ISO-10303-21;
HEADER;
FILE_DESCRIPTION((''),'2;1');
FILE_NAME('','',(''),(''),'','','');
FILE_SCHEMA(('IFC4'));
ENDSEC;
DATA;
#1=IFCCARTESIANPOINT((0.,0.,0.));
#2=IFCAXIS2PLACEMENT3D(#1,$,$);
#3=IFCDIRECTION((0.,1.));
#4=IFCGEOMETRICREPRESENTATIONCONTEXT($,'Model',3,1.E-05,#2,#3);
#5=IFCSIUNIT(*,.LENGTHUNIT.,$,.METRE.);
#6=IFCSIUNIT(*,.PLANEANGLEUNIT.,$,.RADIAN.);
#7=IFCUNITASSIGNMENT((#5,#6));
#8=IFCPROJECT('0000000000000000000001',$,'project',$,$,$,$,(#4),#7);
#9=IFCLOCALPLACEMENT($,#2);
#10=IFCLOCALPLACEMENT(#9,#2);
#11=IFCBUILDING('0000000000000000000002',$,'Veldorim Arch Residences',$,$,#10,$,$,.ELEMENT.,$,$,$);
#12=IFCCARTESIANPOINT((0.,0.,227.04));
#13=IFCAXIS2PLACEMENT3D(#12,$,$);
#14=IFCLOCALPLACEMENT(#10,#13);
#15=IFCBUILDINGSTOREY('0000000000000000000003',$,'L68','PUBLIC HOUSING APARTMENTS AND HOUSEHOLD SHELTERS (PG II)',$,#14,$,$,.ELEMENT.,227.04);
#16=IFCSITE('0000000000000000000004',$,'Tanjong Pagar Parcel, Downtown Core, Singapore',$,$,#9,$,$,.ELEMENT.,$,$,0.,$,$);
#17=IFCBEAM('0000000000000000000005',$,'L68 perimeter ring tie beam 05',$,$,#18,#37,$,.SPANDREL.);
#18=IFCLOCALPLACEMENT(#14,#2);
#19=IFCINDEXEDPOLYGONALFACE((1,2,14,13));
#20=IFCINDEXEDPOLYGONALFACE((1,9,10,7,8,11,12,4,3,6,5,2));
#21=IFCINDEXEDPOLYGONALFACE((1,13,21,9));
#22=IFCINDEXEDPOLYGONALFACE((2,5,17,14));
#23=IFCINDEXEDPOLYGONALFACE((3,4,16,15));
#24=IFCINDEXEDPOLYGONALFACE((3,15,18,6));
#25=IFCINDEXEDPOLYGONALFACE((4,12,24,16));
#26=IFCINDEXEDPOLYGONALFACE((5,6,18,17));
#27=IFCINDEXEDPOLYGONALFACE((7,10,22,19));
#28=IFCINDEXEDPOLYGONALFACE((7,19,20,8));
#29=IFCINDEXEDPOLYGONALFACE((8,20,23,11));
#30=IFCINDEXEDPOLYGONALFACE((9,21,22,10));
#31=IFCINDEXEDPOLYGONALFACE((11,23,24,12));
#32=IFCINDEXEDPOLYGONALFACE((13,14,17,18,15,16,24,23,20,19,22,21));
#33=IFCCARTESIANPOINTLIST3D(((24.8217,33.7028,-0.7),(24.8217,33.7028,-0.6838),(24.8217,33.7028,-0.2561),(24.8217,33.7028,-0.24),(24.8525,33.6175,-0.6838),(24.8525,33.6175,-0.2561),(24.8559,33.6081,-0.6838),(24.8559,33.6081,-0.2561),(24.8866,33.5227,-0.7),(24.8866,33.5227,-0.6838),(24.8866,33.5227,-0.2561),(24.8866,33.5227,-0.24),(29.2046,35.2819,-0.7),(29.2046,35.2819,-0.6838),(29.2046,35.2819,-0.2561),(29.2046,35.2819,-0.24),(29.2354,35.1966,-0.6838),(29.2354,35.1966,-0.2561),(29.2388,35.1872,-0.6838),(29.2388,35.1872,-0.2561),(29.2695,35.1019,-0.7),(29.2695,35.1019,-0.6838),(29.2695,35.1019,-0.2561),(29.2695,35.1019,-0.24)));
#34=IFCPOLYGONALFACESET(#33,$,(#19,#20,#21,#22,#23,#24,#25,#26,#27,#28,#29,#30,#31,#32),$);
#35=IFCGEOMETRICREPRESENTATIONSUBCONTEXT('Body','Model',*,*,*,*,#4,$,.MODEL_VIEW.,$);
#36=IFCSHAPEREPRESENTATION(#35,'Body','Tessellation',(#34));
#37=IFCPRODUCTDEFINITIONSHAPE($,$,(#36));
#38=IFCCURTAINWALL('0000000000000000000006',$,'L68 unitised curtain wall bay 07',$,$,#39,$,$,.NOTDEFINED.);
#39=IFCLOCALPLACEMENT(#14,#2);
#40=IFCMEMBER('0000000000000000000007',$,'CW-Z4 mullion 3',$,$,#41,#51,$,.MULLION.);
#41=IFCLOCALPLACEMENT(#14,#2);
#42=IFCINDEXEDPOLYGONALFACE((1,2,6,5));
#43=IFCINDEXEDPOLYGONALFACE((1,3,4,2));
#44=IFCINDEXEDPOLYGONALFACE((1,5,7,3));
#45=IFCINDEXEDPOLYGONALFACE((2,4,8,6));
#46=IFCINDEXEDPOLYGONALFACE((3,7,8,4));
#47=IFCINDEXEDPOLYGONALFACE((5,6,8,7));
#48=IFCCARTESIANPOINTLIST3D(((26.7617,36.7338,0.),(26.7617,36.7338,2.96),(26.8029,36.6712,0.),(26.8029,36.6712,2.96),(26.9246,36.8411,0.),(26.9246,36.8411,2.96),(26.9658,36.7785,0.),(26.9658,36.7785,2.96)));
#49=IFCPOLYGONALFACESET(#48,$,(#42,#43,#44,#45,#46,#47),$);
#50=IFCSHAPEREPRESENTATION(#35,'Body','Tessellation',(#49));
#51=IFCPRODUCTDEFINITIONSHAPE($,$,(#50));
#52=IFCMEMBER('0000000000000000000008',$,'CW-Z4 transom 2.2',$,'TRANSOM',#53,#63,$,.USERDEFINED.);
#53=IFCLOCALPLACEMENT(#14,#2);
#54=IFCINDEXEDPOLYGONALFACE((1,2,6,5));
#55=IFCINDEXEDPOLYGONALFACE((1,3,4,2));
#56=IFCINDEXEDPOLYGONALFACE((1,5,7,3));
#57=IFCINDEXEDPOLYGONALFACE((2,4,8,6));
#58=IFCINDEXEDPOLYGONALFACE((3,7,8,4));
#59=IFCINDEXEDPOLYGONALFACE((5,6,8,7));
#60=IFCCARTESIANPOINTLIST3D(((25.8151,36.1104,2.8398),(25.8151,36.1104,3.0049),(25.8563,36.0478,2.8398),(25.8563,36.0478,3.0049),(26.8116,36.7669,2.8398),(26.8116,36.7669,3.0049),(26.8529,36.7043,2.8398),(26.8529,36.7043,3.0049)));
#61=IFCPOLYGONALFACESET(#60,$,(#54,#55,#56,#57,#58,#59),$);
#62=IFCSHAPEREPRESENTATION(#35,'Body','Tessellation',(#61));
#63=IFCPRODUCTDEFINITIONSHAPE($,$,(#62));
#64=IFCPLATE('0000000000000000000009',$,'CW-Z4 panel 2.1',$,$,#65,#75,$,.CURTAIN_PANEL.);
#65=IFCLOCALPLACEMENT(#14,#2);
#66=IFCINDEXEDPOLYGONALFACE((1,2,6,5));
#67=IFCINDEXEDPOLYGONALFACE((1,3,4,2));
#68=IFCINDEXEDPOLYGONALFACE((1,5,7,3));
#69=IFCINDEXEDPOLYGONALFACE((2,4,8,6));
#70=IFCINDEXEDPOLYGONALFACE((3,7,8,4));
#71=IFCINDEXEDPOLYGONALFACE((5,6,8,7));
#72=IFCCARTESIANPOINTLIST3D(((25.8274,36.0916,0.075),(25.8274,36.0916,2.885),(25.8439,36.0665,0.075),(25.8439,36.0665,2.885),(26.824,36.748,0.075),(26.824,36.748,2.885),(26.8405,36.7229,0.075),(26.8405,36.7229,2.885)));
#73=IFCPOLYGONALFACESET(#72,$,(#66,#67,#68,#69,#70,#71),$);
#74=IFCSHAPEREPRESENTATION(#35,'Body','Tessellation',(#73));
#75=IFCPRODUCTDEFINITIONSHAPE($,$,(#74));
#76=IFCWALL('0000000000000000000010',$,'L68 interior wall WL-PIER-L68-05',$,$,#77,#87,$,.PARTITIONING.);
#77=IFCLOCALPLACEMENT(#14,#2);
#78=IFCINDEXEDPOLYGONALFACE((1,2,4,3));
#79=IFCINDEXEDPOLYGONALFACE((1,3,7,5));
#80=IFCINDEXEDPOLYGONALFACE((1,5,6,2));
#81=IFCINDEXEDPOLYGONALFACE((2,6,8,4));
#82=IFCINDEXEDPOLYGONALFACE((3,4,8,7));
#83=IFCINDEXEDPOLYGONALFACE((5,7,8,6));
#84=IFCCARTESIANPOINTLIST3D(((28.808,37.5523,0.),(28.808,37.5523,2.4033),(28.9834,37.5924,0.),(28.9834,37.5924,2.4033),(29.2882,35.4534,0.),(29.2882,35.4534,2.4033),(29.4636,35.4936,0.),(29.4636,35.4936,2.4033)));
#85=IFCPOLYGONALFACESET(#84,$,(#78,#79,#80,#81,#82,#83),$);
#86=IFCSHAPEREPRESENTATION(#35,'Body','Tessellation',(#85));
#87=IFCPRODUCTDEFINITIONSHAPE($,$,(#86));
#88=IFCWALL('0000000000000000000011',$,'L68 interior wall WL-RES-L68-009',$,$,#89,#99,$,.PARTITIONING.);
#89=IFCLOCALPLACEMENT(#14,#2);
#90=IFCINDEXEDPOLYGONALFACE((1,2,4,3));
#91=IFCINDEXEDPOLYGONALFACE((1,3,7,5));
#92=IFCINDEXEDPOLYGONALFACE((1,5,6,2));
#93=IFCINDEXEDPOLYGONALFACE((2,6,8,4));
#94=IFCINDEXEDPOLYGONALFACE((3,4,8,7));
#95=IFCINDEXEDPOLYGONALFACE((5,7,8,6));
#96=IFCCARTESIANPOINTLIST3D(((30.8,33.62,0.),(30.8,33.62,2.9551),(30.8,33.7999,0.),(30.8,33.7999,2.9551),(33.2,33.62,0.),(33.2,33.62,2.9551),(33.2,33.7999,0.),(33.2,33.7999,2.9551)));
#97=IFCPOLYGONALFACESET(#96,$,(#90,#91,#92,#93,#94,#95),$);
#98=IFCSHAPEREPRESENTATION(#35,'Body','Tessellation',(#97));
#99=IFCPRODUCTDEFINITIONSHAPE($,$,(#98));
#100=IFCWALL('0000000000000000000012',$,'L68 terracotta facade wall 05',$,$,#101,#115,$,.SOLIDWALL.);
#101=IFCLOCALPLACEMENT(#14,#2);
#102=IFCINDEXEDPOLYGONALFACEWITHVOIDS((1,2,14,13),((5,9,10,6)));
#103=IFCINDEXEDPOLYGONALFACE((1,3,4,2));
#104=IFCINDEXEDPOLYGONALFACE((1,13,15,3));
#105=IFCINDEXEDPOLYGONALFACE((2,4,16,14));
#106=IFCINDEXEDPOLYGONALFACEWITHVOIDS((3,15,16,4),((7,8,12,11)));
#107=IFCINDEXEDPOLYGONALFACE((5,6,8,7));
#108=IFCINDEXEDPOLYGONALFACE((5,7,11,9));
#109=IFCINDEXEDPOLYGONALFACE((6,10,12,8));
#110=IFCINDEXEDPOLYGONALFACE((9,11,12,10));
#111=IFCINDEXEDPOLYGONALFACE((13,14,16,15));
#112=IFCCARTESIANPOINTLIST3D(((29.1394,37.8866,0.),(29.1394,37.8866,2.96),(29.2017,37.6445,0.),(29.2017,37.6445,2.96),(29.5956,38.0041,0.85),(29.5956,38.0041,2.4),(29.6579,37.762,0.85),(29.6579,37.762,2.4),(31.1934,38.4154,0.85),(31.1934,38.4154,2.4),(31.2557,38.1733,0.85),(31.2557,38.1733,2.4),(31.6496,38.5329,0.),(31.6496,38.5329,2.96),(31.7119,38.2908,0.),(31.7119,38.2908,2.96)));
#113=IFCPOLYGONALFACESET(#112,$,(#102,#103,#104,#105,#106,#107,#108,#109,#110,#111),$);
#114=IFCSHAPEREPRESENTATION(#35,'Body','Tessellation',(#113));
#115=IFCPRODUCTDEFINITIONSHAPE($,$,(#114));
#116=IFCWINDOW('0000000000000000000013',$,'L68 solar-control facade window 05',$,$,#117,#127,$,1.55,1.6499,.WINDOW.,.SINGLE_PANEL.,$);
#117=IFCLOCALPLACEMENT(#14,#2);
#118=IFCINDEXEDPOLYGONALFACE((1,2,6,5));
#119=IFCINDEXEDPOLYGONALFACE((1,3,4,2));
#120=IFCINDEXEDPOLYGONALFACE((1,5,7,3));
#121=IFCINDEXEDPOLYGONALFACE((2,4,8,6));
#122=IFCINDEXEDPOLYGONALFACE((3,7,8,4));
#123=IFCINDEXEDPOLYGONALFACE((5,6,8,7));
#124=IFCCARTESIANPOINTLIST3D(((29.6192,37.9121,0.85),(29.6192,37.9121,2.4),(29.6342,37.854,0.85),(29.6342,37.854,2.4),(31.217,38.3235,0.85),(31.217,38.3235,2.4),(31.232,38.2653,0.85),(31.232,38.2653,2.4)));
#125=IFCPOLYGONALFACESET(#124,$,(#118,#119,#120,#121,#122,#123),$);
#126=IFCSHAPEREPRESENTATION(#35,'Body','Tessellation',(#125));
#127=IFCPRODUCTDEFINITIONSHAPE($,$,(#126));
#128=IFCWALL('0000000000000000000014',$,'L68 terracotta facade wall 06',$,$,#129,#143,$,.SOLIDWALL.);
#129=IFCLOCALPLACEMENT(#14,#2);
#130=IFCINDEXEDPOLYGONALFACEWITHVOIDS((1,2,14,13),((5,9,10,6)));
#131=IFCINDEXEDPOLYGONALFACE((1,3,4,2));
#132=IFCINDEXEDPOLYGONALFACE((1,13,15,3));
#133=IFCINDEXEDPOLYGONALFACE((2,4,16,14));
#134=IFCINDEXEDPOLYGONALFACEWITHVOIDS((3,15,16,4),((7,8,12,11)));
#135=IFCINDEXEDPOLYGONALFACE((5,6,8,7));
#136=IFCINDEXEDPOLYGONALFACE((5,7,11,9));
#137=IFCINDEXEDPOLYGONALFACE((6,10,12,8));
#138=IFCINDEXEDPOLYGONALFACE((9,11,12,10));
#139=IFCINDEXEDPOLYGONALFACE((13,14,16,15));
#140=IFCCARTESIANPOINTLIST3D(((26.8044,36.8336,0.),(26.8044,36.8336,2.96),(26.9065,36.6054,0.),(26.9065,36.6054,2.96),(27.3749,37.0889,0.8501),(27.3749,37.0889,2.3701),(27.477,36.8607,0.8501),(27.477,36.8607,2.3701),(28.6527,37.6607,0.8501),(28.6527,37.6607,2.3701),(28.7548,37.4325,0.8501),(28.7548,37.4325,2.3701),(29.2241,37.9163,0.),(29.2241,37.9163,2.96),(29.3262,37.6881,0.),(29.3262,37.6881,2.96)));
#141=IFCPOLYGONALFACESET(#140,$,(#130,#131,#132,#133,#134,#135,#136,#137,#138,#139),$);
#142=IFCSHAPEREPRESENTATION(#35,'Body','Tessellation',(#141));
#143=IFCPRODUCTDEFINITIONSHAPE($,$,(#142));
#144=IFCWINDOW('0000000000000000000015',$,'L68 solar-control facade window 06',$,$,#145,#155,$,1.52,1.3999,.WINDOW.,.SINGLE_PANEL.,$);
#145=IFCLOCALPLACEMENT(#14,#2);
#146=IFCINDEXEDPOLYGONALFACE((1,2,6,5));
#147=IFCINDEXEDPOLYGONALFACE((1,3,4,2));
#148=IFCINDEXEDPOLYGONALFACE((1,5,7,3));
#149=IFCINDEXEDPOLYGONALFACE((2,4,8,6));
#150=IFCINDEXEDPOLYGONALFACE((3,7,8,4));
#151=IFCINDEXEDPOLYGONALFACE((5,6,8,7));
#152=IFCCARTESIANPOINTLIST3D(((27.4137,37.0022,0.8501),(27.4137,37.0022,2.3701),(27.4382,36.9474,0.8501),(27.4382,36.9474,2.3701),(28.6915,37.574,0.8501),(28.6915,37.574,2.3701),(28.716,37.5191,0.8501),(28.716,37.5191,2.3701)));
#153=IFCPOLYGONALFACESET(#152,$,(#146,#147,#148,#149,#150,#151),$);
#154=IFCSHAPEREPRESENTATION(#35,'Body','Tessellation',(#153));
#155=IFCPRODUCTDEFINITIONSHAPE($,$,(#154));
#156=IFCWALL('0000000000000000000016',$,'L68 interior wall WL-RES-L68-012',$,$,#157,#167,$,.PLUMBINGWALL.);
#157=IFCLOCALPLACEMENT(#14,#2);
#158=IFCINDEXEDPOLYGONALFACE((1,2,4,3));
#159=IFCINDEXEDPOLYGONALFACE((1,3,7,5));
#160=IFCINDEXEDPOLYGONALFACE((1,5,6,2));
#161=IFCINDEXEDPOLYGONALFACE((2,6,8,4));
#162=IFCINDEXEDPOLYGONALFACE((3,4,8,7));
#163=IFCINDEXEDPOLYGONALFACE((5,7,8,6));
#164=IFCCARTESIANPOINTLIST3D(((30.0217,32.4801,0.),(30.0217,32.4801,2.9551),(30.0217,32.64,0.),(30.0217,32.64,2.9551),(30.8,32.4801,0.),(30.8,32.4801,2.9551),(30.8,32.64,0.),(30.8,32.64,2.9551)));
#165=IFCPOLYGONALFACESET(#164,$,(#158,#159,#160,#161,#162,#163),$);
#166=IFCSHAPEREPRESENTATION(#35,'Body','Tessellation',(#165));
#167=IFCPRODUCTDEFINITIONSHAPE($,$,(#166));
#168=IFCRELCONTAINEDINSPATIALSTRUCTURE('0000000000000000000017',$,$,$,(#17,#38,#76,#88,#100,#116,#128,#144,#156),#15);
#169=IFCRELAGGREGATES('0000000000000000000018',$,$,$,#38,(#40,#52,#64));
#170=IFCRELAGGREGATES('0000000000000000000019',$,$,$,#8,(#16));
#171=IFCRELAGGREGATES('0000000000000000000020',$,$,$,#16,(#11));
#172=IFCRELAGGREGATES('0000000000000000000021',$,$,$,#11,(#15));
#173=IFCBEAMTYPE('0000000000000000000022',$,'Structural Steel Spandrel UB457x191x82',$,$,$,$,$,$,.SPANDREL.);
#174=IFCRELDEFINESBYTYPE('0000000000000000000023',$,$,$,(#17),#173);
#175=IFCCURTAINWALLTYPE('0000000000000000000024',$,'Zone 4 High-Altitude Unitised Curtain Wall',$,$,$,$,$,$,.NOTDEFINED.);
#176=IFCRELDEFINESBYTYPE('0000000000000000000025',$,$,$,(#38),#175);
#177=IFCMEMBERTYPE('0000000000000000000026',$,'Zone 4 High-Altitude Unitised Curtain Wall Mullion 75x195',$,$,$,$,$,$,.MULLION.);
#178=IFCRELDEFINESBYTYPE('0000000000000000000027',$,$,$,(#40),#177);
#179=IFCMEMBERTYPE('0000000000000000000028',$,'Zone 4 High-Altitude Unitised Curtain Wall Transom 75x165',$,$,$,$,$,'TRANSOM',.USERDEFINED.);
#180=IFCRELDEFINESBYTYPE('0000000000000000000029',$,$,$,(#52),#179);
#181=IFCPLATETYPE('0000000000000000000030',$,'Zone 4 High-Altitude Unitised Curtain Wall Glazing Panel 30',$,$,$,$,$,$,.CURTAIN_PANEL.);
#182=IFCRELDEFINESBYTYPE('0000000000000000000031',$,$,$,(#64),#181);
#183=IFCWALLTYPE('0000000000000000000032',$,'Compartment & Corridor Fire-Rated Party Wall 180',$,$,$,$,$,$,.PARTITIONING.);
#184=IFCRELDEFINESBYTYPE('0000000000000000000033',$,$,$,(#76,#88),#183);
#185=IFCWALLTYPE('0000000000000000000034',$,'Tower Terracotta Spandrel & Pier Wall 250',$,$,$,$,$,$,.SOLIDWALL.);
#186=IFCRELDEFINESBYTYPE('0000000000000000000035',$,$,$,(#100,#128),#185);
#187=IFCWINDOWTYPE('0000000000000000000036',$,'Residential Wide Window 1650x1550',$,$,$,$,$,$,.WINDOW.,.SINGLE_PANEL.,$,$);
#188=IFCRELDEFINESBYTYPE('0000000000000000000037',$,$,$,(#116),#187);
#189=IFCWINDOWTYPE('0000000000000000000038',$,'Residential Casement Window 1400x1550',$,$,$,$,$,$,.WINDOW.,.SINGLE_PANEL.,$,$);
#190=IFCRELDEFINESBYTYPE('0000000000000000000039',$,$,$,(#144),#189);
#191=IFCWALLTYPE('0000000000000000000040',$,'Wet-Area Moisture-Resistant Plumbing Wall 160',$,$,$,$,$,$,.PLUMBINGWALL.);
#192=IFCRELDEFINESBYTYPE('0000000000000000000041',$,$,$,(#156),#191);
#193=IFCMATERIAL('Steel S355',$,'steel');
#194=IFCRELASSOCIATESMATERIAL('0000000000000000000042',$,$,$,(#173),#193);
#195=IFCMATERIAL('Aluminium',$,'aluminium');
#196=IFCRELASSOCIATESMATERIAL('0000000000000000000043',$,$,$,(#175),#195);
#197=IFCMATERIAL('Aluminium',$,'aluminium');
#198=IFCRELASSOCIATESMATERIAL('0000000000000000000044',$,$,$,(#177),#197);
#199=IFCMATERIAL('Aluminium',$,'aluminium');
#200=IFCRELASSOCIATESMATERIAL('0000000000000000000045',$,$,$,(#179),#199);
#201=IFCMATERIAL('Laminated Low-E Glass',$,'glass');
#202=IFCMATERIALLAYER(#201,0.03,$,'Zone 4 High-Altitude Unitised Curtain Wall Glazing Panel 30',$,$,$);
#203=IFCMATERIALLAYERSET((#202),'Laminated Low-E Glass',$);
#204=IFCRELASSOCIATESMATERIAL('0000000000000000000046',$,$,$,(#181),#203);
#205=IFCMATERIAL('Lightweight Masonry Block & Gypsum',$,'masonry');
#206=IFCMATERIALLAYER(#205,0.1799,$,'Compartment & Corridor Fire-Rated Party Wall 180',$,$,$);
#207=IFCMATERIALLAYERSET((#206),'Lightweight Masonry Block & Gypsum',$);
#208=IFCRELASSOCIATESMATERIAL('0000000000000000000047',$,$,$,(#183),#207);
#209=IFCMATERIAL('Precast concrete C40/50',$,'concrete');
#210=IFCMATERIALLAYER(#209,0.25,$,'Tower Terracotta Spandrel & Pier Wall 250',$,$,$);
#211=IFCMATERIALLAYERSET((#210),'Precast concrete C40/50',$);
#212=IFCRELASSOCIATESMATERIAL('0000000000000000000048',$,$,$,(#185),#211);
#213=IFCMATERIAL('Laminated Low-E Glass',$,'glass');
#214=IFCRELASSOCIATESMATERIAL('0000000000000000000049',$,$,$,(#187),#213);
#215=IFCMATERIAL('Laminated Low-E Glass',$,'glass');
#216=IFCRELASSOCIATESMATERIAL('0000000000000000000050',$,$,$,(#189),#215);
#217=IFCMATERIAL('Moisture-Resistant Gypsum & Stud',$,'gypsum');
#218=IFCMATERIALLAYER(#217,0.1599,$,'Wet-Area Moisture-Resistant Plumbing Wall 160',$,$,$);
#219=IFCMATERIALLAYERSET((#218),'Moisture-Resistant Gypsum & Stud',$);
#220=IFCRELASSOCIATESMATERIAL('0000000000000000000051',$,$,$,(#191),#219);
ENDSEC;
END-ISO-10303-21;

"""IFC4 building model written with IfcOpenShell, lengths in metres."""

from ifc_helpers import new_model, si_unit, direction, frame, frame_2d, origin, origin_2d, place, context, subcontext, project, spatial, rectangle, i_section, extrude, material, layer, layer_set, material_profile, profile_set, type_object, element, fill, aggregate, save


model = new_model("IFC4")

# Units and contexts
model_context = context("Model", 3, precision=1e-05, world=origin(), true_north=direction((0.0, 1.0)))
body_context = subcontext(model_context, "Body", "Model", "MODEL_VIEW")
ifc_project = project(units=[si_unit("LENGTHUNIT", "METRE"), si_unit("PLANEANGLEUNIT", "RADIAN")], contexts=[model_context])

# Site, building, storey
site_placement = place(None, origin())
site = spatial("IfcSite", under=ifc_project, at=site_placement, Name="Tanjong Pagar Parcel, Downtown Core, Singapore", CompositionType="ELEMENT", RefElevation=0.0)
building_placement = place(site_placement, origin())
building = spatial("IfcBuilding", under=site, at=building_placement, Name="Veldorim Arch Residences", CompositionType="ELEMENT")
storey_placement = place(building_placement, frame((0.0, 0.0, 227.04)))
storey = spatial("IfcBuildingStorey", under=building, at=storey_placement, Name="L68", Description="PUBLIC HOUSING APARTMENTS AND HOUSEHOLD SHELTERS (PG II)", CompositionType="ELEMENT", Elevation=227.04)

# Beam
ifc_material_1 = material(Name="Steel S355", Category="steel")
ifc_material_profile_1 = material_profile(ifc_material_1, i_section(OverallWidth=0.1914, OverallDepth=0.46, WebThickness=0.01, FlangeThickness=0.0161, at=origin_2d()), Name="UB457x191x82")
ifc_profile_set_1 = profile_set([ifc_material_profile_1], Name="Steel S355")
beam_type_1 = type_object("IfcBeamType", Name="Structural Steel Spandrel UB457x191x82", PredefinedType="SPANDREL", material=ifc_profile_set_1)
beam_1_placement = place(storey_placement, frame((29.2371, 35.1919, -0.47), z_axis=(-0.940799, -0.338964, 0.0), x_axis=(0.338964, -0.940799, 0.0)))
element("IfcBeam", 1, at=beam_1_placement, inside=storey, type_object=beam_type_1, Name="L68 perimeter ring tie beam 05", PredefinedType="SPANDREL", context=body_context, shape_type="SweptSolid", body=[
    extrude(i_section(OverallWidth=0.1914, OverallDepth=0.46, WebThickness=0.01, FlangeThickness=0.0161, at=origin_2d()), origin(), (0.0, 0.0, 1.0), 4.6587),
])

# Curtain wall, members, plate
ifc_material_2 = material(Name="Aluminium", Category="aluminium")
curtain_wall_type = type_object("IfcCurtainWallType", Name="Zone 4 High-Altitude Unitised Curtain Wall", PredefinedType="NOTDEFINED", material=ifc_material_2)
curtain_wall_placement = place(storey_placement, origin())
curtain_wall = element("IfcCurtainWall", 2, at=curtain_wall_placement, inside=storey, type_object=curtain_wall_type, Name="L68 unitised curtain wall bay 07", PredefinedType="NOTDEFINED")
ifc_material_3 = material(Name="Aluminium", Category="aluminium")
ifc_material_profile_2 = material_profile(ifc_material_3, rectangle(XDim=0.075, YDim=0.1951, at=origin_2d()), Name="ALU_MUL_75x195")
ifc_profile_set_2 = profile_set([ifc_material_profile_2], Name="Aluminium")
member_type_1 = type_object("IfcMemberType", Name="Zone 4 High-Altitude Unitised Curtain Wall Mullion 75x195", PredefinedType="MULLION", material=ifc_profile_set_2)
member_1_placement = place(storey_placement, frame((26.8638, 36.7561, 0.0), z_axis=(0.0, 0.0, 1.0), x_axis=(-0.550062, 0.835124, 0.0)))
member_1 = element("IfcMember", 3, at=member_1_placement, type_object=member_type_1, Name="CW-Z4 mullion 3", PredefinedType="MULLION", context=body_context, shape_type="SweptSolid", body=[
    extrude(rectangle(XDim=0.075, YDim=0.1951, at=origin_2d()), origin(), (0.0, 0.0, 1.0), 2.96),
])
ifc_material_4 = material(Name="Aluminium", Category="aluminium")
ifc_material_profile_3 = material_profile(ifc_material_4, rectangle(XDim=0.075, YDim=0.165, at=origin_2d()), Name="ALU_TRN_75x165")
ifc_profile_set_3 = profile_set([ifc_material_profile_3], Name="Aluminium")
member_type_2 = type_object("IfcMemberType", Name="Zone 4 High-Altitude Unitised Curtain Wall Transom 75x165", ElementType="TRANSOM", PredefinedType="USERDEFINED", material=ifc_profile_set_3)
member_2_placement = place(storey_placement, frame((25.8357, 36.0791, 2.9224), z_axis=(0.835091, 0.550112, 0.0), x_axis=(-0.550112, 0.835091, 0.0)))
member_2 = element("IfcMember", 4, at=member_2_placement, type_object=member_type_2, Name="CW-Z4 transom 2.2", ObjectType="TRANSOM", PredefinedType="USERDEFINED", context=body_context, shape_type="SweptSolid", body=[
    extrude(rectangle(XDim=0.075, YDim=0.165, at=origin_2d()), origin(), (0.0, 0.0, 1.0), 1.1934),
])
ifc_material_5 = material(Name="Laminated Low-E Glass", Category="glass")
ifc_layer_1 = layer(ifc_material_5, 0.03, Name="Zone 4 High-Altitude Unitised Curtain Wall Glazing Panel 30")
ifc_layer_set_1 = layer_set([ifc_layer_1], Name="Laminated Low-E Glass")
plate_type = type_object("IfcPlateType", Name="Zone 4 High-Altitude Unitised Curtain Wall Glazing Panel 30", PredefinedType="CURTAIN_PANEL", material=ifc_layer_set_1)
plate_placement = place(storey_placement, frame((26.334, 36.4072, 0.075), z_axis=(0.0, 0.0, 1.0), x_axis=(0.835124, 0.550062, 0.0)))
plate = element("IfcPlate", 5, at=plate_placement, type_object=plate_type, Name="CW-Z4 panel 2.1", PredefinedType="CURTAIN_PANEL", context=body_context, shape_type="SweptSolid", body=[
    extrude(rectangle(XDim=1.1934, YDim=0.03, at=origin_2d()), origin(), (0.0, 0.0, 1.0), 2.8101),
])
aggregate(curtain_wall, [member_1, member_2, plate])

# Walls
ifc_material_6 = material(Name="Lightweight Masonry Block & Gypsum", Category="masonry")
ifc_layer_2 = layer(ifc_material_6, 0.1799, Name="Compartment & Corridor Fire-Rated Party Wall 180")
ifc_layer_set_2 = layer_set([ifc_layer_2], Name="Lightweight Masonry Block & Gypsum")
wall_type_1 = type_object("IfcWallType", Name="Compartment & Corridor Fire-Rated Party Wall 180", PredefinedType="PARTITIONING", material=ifc_layer_set_2)
wall_1_placement = place(storey_placement, frame((29.376, 35.4734, 0.0), z_axis=(0.0, 0.0, 1.0), x_axis=(-0.223037, 0.97481, 0.0)))
element("IfcWall", 6, at=wall_1_placement, inside=storey, type_object=wall_type_1, Name="L68 interior wall WL-PIER-L68-05", PredefinedType="PARTITIONING", context=body_context, shape_type="SweptSolid", body=[
    extrude(rectangle(XDim=2.1531, YDim=0.1799, at=frame_2d((1.0767, 0.0))), origin(), (0.0, 0.0, 1.0), 2.4033),
])
wall_2_placement = place(storey_placement, frame((30.8, 33.71, 0.0), z_axis=(0.0, 0.0, 1.0), x_axis=(1.0, 0.0, 0.0)))
element("IfcWall", 7, at=wall_2_placement, inside=storey, type_object=wall_type_1, Name="L68 interior wall WL-RES-L68-009", PredefinedType="PARTITIONING", context=body_context, shape_type="SweptSolid", body=[
    extrude(rectangle(XDim=2.3999, YDim=0.1799, at=frame_2d((1.2, 0.0))), origin(), (0.0, 0.0, 1.0), 2.9551),
])

# Walls, openings, windows
ifc_material_7 = material(Name="Precast concrete C40/50", Category="concrete")
ifc_layer_3 = layer(ifc_material_7, 0.25, Name="Tower Terracotta Spandrel & Pier Wall 250")
ifc_layer_set_3 = layer_set([ifc_layer_3], Name="Precast concrete C40/50")
wall_type_2 = type_object("IfcWallType", Name="Tower Terracotta Spandrel & Pier Wall 250", PredefinedType="SOLIDWALL", material=ifc_layer_set_3)
wall_3_placement = place(storey_placement, frame((29.1707, 37.7656, 0.0), z_axis=(0.0, 0.0, 1.0), x_axis=(0.968423, 0.249311, 0.0)))
wall_3 = element("IfcWall", 8, at=wall_3_placement, inside=storey, type_object=wall_type_2, Name="L68 terracotta facade wall 05", PredefinedType="SOLIDWALL", context=body_context, shape_type="SweptSolid", body=[
    extrude(rectangle(XDim=2.592, YDim=0.25, at=frame_2d((1.2959, 0.0))), origin(), (0.0, 0.0, 1.0), 2.96),
])
opening_1_placement = place(wall_3_placement, frame((0.4709, 0.0, 0.8501)))
opening_1 = element("IfcOpeningElement", 9, at=opening_1_placement, cuts=wall_3, PredefinedType="OPENING", context=body_context, shape_type="SweptSolid", body=[
    extrude(rectangle(XDim=1.6499, YDim=1.55, at=frame_2d((0.825, 0.7749))), frame((0.0, 0.135, 0.0), z_axis=(0.0, -1.0, 0.0), x_axis=(1.0, 0.0, 0.0)), (0.0, 0.0, 1.0), 0.27),
])
ifc_material_8 = material(Name="Laminated Low-E Glass", Category="glass")
window_type_1 = type_object("IfcWindowType", Name="Residential Wide Window 1650x1550", PartitioningType="SINGLE_PANEL", PredefinedType="WINDOW", material=ifc_material_8)
window_1_placement = place(opening_1_placement, origin())
window_1 = element("IfcWindow", 10, at=window_1_placement, inside=storey, type_object=window_type_1, Name="L68 solar-control facade window 05", OverallHeight=1.55, OverallWidth=1.6499, PartitioningType="SINGLE_PANEL", PredefinedType="WINDOW", context=body_context, shape_type="SweptSolid", body=[
    extrude(rectangle(XDim=1.6499, YDim=1.55, at=frame_2d((0.825, 0.7749))), frame((0.0, 0.03, 0.0), z_axis=(0.0, -1.0, 0.0), x_axis=(1.0, 0.0, 0.0)), (0.0, 0.0, 1.0), 0.0601),
])
fill(opening_1, window_1)
wall_4_placement = place(storey_placement, frame((26.8555, 36.7195, 0.0), z_axis=(0.0, 0.0, 1.0), x_axis=(0.912779, 0.408453, 0.0)))
wall_4 = element("IfcWall", 11, at=wall_4_placement, inside=storey, type_object=wall_type_2, Name="L68 terracotta facade wall 06", PredefinedType="SOLIDWALL", context=body_context, shape_type="SweptSolid", body=[
    extrude(rectangle(XDim=2.6509, YDim=0.25, at=frame_2d((1.3254, 0.0))), origin(), (0.0, 0.0, 1.0), 2.96),
])
opening_2_placement = place(wall_4_placement, frame((0.625, 0.0, 0.8501)))
opening_2 = element("IfcOpeningElement", 12, at=opening_2_placement, cuts=wall_4, PredefinedType="OPENING", context=body_context, shape_type="SweptSolid", body=[
    extrude(rectangle(XDim=1.3999, YDim=1.52, at=frame_2d((0.7, 0.76))), frame((0.0, 0.135, 0.0), z_axis=(0.0, -1.0, 0.0), x_axis=(1.0, 0.0, 0.0)), (0.0, 0.0, 1.0), 0.27),
])
ifc_material_9 = material(Name="Laminated Low-E Glass", Category="glass")
window_type_2 = type_object("IfcWindowType", Name="Residential Casement Window 1400x1550", PartitioningType="SINGLE_PANEL", PredefinedType="WINDOW", material=ifc_material_9)
window_2_placement = place(opening_2_placement, origin())
window_2 = element("IfcWindow", 13, at=window_2_placement, inside=storey, type_object=window_type_2, Name="L68 solar-control facade window 06", OverallHeight=1.52, OverallWidth=1.3999, PartitioningType="SINGLE_PANEL", PredefinedType="WINDOW", context=body_context, shape_type="SweptSolid", body=[
    extrude(rectangle(XDim=1.3999, YDim=1.52, at=frame_2d((0.7, 0.76))), frame((0.0, 0.03, 0.0), z_axis=(0.0, -1.0, 0.0), x_axis=(1.0, 0.0, 0.0)), (0.0, 0.0, 1.0), 0.0601),
])
fill(opening_2, window_2)

# Wall
ifc_material_10 = material(Name="Moisture-Resistant Gypsum & Stud", Category="gypsum")
ifc_layer_4 = layer(ifc_material_10, 0.1599, Name="Wet-Area Moisture-Resistant Plumbing Wall 160")
ifc_layer_set_4 = layer_set([ifc_layer_4], Name="Moisture-Resistant Gypsum & Stud")
wall_type_3 = type_object("IfcWallType", Name="Wet-Area Moisture-Resistant Plumbing Wall 160", PredefinedType="PLUMBINGWALL", material=ifc_layer_set_4)
wall_5_placement = place(storey_placement, frame((30.0217, 32.5601, 0.0), z_axis=(0.0, 0.0, 1.0), x_axis=(1.0, 0.0, 0.0)))
element("IfcWall", 14, at=wall_5_placement, inside=storey, type_object=wall_type_3, Name="L68 interior wall WL-RES-L68-012", PredefinedType="PLUMBINGWALL", context=body_context, shape_type="SweptSolid", body=[
    extrude(rectangle(XDim=0.7783, YDim=0.1599, at=frame_2d((0.3892, 0.0))), origin(), (0.0, 0.0, 1.0), 2.9551),
])

save(model, "model.ifc")
